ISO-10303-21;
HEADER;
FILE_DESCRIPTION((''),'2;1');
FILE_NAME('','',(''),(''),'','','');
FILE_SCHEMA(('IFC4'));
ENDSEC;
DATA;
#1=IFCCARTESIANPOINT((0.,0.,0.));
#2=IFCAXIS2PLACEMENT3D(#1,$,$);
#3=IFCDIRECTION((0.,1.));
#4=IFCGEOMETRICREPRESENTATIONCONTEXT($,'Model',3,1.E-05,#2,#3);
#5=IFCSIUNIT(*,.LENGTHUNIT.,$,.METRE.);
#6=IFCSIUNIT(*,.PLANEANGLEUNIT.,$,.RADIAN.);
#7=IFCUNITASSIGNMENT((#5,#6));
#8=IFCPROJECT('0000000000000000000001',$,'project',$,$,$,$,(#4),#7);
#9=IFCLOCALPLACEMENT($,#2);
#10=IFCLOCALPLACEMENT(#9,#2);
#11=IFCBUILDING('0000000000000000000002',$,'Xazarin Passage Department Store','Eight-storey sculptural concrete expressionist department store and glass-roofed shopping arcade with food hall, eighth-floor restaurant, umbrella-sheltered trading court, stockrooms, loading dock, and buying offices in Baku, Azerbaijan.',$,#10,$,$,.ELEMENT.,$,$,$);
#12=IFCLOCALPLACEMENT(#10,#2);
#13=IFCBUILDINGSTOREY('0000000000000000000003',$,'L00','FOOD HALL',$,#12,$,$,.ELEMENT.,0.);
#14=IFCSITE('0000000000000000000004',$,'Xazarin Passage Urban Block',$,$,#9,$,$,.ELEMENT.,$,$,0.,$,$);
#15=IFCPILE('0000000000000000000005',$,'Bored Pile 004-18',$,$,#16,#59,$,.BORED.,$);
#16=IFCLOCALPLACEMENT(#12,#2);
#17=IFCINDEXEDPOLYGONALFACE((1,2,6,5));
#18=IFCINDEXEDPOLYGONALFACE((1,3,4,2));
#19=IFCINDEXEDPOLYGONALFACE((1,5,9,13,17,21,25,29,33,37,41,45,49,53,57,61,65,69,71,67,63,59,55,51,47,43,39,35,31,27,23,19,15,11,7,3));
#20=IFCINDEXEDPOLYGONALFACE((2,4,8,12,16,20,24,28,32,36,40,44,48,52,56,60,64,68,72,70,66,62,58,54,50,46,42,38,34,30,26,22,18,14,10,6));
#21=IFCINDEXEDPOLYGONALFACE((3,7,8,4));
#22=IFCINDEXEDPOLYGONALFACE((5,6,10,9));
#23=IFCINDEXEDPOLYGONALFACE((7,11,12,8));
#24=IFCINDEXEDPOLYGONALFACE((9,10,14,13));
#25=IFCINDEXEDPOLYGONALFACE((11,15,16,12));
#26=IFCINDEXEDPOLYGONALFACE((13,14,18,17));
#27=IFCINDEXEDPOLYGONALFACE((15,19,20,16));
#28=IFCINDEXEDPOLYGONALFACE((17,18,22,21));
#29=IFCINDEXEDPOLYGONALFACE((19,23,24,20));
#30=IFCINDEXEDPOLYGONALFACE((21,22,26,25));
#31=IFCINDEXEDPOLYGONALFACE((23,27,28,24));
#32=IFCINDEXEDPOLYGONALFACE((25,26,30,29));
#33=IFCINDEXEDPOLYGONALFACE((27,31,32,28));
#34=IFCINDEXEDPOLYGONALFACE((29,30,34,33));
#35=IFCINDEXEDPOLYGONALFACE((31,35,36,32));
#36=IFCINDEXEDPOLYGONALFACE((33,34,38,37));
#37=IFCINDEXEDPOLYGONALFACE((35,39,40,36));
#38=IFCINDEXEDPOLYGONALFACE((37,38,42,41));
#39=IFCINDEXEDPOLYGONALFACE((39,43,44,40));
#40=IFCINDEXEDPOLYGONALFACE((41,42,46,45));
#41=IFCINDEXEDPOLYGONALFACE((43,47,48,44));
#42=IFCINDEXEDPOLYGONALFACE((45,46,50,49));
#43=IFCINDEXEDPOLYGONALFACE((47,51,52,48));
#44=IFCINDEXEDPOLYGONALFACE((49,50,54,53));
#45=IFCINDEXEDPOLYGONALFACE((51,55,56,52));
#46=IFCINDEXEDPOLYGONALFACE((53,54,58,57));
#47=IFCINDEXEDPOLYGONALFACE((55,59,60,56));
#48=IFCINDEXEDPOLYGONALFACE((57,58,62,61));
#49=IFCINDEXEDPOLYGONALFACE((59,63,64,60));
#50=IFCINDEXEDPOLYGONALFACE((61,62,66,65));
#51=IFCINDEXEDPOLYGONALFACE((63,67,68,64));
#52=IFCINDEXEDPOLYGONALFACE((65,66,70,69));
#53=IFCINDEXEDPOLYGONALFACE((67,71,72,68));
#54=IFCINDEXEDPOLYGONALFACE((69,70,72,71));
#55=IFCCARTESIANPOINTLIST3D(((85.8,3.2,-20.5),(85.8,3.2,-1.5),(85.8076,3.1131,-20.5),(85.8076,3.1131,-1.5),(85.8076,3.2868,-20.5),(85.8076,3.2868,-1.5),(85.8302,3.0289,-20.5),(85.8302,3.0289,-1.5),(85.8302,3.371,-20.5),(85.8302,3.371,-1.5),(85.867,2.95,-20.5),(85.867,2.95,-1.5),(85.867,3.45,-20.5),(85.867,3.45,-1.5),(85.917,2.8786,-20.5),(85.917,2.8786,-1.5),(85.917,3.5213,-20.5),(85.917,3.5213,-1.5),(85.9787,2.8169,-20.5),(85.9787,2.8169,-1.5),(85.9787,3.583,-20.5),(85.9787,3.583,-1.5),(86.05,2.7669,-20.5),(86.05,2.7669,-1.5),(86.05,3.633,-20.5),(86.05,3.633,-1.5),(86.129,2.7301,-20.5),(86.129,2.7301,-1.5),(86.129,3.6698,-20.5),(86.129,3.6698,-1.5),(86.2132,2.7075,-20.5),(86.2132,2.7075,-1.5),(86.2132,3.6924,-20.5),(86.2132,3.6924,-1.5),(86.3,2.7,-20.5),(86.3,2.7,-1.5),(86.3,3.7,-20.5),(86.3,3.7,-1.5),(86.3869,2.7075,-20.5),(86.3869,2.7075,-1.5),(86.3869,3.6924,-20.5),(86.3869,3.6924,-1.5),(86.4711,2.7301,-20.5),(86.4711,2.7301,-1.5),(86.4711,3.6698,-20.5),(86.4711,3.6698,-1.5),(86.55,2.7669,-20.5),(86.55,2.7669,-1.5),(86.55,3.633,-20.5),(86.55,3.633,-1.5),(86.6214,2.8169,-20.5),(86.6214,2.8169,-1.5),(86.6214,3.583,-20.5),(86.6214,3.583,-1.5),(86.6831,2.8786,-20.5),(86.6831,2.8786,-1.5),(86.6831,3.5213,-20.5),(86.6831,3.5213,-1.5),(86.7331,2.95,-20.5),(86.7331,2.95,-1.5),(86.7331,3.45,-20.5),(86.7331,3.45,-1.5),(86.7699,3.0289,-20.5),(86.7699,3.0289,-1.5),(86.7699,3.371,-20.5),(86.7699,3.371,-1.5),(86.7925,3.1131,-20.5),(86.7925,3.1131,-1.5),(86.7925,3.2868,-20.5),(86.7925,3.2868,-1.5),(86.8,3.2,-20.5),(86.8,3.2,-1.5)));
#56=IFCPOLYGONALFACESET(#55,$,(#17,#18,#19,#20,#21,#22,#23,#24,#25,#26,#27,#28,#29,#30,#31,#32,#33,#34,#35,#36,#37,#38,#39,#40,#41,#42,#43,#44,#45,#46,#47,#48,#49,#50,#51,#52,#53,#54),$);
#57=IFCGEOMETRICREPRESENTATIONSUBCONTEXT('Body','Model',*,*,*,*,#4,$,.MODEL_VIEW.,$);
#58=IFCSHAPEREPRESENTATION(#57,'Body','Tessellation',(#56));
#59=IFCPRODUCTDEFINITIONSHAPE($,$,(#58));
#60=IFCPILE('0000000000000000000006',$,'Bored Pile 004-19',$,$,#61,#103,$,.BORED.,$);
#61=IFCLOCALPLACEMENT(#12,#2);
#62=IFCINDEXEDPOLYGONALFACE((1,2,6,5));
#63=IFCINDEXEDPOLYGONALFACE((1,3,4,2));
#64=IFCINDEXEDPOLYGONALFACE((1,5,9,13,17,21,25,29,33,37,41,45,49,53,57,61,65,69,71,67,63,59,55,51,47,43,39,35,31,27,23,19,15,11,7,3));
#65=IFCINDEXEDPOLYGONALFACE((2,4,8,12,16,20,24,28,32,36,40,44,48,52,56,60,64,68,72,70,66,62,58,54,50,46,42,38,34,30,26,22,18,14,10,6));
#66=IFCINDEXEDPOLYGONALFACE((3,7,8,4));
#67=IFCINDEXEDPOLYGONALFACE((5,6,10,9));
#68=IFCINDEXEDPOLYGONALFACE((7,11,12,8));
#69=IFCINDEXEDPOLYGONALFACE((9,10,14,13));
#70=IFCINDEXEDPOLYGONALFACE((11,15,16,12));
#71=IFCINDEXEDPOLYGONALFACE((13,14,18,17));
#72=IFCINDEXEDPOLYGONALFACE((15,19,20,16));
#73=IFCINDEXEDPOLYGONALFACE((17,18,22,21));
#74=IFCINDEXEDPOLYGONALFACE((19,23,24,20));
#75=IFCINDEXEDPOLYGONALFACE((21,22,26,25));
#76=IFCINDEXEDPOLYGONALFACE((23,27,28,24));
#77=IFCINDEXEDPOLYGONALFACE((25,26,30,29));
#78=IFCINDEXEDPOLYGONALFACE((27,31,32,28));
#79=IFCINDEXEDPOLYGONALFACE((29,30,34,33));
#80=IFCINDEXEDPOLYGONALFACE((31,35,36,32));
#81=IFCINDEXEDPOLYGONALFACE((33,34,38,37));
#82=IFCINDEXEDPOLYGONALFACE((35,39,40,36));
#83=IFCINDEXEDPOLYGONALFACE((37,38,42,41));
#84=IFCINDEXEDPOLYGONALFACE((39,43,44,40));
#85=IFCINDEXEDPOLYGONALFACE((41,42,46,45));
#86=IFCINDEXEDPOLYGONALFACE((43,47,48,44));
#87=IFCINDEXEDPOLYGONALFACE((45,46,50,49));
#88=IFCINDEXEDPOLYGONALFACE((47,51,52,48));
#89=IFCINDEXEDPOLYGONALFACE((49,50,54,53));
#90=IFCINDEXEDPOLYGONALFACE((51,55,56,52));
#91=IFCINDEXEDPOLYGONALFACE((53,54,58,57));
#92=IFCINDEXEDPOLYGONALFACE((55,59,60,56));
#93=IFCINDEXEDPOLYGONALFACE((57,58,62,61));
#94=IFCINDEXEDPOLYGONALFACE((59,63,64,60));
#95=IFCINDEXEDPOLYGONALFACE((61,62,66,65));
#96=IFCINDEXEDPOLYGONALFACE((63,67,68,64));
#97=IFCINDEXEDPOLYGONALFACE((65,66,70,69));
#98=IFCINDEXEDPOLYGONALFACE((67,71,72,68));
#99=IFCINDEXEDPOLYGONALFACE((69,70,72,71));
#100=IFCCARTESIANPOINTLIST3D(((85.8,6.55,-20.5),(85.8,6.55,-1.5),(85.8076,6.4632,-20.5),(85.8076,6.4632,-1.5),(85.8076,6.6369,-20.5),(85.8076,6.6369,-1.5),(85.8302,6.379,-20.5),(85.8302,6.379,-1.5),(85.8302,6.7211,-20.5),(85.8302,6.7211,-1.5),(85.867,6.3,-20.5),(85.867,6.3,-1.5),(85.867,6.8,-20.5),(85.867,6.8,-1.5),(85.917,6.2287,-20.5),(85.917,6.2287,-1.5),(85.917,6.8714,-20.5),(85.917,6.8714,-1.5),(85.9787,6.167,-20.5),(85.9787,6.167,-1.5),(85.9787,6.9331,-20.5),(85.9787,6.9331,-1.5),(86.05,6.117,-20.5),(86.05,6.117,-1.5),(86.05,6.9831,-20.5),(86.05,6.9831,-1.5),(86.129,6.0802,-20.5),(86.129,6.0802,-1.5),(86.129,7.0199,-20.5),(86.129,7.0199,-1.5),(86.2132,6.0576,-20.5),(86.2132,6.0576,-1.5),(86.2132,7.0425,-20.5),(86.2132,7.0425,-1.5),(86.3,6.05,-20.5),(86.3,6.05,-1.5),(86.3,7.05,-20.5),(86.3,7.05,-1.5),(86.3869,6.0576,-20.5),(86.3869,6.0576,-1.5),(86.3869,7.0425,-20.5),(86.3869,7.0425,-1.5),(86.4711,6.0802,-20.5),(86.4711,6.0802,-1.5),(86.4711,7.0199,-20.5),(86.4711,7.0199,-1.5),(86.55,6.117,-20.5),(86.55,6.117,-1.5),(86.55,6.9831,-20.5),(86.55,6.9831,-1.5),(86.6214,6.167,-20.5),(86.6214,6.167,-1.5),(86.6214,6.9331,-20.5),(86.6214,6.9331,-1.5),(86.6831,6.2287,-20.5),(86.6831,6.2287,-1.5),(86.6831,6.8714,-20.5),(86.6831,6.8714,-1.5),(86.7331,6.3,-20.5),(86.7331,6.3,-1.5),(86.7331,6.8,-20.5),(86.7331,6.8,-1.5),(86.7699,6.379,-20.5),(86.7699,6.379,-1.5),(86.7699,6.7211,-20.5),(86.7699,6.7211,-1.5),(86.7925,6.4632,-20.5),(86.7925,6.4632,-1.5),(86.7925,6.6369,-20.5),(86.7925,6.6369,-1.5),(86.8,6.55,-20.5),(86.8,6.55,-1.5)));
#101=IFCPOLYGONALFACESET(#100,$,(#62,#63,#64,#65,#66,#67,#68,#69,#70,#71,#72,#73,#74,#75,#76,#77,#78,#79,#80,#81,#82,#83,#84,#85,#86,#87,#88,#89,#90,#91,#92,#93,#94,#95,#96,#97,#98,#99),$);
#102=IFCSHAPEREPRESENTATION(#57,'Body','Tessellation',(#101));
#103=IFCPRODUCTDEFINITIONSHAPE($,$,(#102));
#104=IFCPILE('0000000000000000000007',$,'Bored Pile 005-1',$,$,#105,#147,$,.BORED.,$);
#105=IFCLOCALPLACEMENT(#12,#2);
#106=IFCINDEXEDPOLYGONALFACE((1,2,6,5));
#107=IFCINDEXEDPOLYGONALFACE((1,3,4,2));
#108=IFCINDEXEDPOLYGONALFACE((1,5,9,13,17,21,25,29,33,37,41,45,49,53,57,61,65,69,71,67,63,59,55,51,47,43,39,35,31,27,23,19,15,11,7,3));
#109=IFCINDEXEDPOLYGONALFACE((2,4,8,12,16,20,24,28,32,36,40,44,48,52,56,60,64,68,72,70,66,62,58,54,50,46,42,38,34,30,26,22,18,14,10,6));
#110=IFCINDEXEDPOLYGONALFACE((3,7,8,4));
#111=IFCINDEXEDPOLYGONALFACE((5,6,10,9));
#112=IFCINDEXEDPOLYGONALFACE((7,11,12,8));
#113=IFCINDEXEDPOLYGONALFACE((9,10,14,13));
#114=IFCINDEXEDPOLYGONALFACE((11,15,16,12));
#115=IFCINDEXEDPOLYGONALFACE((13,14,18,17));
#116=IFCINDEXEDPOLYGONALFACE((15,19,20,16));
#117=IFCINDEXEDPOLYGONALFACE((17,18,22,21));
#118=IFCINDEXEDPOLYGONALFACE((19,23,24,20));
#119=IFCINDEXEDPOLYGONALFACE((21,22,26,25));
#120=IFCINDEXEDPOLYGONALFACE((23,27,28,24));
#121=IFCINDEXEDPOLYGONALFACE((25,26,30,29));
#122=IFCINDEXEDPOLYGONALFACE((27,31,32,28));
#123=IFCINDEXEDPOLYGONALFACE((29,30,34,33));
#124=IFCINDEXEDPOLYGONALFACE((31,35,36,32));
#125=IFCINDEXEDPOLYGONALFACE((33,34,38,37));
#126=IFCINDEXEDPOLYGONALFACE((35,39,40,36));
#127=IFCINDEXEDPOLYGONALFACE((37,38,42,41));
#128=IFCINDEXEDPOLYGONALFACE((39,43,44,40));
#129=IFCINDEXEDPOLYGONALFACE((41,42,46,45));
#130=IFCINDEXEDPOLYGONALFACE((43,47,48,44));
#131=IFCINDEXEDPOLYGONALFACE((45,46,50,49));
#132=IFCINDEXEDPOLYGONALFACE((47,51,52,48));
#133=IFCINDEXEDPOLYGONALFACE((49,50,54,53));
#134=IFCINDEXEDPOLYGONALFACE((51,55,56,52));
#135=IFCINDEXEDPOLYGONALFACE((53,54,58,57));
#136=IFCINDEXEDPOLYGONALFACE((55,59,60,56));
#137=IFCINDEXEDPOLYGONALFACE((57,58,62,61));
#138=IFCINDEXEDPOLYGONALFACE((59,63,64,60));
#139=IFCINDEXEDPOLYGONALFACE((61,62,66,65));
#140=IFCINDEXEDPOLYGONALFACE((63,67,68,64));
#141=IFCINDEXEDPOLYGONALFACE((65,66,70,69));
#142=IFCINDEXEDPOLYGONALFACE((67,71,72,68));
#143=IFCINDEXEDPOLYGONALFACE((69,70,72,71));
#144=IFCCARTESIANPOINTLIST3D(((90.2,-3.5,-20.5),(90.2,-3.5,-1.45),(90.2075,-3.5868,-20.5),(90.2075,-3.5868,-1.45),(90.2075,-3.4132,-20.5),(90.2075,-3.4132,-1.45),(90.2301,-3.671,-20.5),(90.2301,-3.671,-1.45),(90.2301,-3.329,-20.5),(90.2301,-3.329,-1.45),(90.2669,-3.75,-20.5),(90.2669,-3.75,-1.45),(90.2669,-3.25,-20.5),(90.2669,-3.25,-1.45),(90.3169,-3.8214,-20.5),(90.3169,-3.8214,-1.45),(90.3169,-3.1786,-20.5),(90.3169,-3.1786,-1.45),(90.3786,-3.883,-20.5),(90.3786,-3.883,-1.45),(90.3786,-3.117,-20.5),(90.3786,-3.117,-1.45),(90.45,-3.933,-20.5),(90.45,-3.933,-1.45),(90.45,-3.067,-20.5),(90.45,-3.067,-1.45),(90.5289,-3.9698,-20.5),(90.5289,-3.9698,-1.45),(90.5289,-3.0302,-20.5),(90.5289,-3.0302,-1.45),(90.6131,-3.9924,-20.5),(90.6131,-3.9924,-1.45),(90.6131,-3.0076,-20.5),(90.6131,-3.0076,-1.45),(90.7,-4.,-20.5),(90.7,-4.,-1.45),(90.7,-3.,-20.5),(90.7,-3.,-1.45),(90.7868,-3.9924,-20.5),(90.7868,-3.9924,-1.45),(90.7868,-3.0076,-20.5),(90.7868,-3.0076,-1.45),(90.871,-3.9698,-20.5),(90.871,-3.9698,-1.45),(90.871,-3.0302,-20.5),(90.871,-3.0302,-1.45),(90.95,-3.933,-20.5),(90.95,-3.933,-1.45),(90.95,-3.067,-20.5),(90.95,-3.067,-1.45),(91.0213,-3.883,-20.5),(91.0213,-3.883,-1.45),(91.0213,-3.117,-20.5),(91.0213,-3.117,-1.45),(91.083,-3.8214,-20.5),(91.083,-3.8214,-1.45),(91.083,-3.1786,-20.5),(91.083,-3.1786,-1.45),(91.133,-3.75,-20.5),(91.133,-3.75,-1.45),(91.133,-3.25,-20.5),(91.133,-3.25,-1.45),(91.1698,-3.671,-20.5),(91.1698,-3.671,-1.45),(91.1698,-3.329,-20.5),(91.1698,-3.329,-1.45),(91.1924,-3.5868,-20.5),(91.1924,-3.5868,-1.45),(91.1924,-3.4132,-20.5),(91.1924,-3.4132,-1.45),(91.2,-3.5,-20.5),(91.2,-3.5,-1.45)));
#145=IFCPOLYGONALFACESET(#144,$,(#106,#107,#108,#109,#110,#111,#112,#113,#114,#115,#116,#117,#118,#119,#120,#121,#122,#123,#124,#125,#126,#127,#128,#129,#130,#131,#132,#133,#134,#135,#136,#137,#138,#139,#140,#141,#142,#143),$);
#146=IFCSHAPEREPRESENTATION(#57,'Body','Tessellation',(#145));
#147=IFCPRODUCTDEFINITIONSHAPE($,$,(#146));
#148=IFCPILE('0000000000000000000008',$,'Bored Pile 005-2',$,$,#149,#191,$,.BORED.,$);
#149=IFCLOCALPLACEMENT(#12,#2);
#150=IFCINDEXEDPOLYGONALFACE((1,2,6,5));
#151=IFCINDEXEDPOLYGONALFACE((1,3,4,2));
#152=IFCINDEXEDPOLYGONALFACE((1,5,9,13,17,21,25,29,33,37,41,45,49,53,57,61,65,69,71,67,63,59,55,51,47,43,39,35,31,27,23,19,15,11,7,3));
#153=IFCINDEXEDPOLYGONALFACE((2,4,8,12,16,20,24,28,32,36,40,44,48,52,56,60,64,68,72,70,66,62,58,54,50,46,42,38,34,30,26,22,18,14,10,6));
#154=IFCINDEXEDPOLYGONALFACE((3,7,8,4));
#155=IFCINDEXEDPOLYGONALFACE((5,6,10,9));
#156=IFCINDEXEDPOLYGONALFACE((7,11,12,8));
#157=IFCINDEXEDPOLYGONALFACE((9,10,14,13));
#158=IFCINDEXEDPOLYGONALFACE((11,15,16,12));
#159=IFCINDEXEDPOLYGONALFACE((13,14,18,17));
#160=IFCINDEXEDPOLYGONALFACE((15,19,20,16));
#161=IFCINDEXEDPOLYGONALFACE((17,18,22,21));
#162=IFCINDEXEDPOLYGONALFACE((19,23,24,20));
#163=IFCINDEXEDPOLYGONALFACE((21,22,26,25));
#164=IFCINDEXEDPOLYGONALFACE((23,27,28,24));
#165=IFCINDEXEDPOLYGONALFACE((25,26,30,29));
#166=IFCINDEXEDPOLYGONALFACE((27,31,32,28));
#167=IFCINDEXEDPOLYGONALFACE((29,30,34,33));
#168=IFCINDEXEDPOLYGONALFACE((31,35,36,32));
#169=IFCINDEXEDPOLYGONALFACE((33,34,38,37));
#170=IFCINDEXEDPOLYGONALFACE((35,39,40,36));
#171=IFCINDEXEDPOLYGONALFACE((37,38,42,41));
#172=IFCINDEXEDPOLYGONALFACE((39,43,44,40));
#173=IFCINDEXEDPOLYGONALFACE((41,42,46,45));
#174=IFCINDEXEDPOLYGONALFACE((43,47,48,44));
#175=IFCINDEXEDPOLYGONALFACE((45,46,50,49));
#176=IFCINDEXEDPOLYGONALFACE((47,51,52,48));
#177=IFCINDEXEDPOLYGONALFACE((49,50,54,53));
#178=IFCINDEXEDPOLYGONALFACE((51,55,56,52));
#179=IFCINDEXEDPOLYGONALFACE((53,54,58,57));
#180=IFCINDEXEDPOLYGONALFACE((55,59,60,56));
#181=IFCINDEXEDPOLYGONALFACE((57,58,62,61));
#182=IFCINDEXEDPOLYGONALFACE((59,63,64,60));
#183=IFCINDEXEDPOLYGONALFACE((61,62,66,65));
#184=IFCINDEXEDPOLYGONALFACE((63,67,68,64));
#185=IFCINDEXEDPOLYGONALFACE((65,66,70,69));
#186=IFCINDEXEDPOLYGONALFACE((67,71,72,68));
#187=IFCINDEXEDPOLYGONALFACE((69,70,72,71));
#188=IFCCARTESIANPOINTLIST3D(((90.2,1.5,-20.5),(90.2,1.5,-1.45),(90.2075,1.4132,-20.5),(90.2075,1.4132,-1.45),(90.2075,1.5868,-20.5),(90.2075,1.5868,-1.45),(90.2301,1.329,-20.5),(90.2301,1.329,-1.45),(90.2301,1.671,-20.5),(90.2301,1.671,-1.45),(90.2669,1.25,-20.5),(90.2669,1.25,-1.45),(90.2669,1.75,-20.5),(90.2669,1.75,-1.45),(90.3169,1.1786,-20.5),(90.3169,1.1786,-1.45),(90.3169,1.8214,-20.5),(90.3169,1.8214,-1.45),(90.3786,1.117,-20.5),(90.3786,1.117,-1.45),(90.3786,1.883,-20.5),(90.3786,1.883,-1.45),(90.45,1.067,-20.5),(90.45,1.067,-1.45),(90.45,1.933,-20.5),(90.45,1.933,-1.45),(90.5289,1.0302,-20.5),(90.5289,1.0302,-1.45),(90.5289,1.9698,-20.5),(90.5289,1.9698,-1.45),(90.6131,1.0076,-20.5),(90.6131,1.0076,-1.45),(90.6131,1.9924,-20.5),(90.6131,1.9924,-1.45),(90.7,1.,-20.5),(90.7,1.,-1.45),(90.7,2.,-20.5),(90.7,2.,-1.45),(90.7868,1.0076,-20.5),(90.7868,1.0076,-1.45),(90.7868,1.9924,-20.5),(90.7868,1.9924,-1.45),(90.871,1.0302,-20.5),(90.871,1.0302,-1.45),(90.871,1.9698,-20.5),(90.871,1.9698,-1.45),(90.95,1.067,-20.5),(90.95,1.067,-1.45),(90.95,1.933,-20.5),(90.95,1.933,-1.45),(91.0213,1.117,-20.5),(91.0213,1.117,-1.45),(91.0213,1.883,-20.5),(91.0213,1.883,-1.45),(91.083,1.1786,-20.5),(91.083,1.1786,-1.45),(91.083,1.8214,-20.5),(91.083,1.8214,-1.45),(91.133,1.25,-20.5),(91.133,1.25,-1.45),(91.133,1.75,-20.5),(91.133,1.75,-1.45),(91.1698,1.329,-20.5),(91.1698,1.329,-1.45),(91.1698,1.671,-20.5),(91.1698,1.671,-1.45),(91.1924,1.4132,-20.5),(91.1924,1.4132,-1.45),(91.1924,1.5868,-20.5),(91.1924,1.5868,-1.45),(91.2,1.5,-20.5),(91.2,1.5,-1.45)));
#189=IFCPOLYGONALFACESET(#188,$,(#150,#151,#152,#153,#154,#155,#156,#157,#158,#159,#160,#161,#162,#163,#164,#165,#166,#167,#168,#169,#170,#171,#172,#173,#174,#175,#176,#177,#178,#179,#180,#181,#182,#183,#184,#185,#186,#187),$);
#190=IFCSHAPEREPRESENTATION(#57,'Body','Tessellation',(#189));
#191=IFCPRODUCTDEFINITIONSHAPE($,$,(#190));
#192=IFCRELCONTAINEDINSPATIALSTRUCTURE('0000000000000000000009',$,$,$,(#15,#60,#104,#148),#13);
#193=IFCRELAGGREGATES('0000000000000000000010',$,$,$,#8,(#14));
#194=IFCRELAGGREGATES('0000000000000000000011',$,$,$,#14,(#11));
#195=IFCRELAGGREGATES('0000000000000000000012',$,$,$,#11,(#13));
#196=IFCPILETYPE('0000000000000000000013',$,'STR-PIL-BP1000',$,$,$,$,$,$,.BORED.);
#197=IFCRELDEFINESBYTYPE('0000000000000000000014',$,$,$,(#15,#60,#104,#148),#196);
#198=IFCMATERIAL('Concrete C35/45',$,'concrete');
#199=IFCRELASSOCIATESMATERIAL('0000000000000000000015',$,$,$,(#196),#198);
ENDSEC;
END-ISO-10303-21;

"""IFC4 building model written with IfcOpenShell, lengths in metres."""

from ifc_helpers import new_model, si_unit, direction, frame, origin, origin_2d, place, context, subcontext, project, spatial, circle, extrude, material, material_profile, profile_set, type_object, element, save


model = new_model("IFC4")

# Units and contexts
model_context = context("Model", 3, precision=1e-05, world=origin(), true_north=direction((0.0, 1.0)))
body_context = subcontext(model_context, "Body", "Model", "MODEL_VIEW")
ifc_project = project(units=[si_unit("LENGTHUNIT", "METRE"), si_unit("PLANEANGLEUNIT", "RADIAN")], contexts=[model_context])

# Site, building, storey
site_placement = place(None, origin())
site = spatial("IfcSite", under=ifc_project, at=site_placement, Name="Xazarin Passage Urban Block", CompositionType="ELEMENT", RefElevation=0.0)
building_placement = place(site_placement, origin())
building = spatial("IfcBuilding", under=site, at=building_placement, Name="Xazarin Passage Department Store", Description="Eight-storey sculptural concrete expressionist department store and glass-roofed shopping arcade with food hall, eighth-floor restaurant, umbrella-sheltered trading court, stockrooms, loading dock, and buying offices in Baku, Azerbaijan.", CompositionType="ELEMENT")
storey_placement = place(building_placement, origin())
storey = spatial("IfcBuildingStorey", under=building, at=storey_placement, Name="L00", Description="FOOD HALL", CompositionType="ELEMENT", Elevation=0.0)

# Shared definitions
ifc_material_1 = material(Name="Concrete C35/45", Category="concrete")

# Piles
ifc_material_profile_1 = material_profile(ifc_material_1, circle(Radius=0.5, at=origin_2d()), Name="BP 1000")
ifc_profile_set_1 = profile_set([ifc_material_profile_1], Name="Concrete C35/45")
pile_type_1 = type_object("IfcPileType", Name="STR-PIL-BP1000", PredefinedType="BORED", material=ifc_profile_set_1)
for number, where, z_axis, x_axis, name in (
    (1, (86.3, 3.2, -1.5), (0.0, 0.0, -1.0), (1.0, 0.0, 0.0), "Bored Pile 004-18"),
    (2, (86.3, 6.55, -1.5), (0.0, 0.0, -1.0), (1.0, 0.0, 0.0), "Bored Pile 004-19"),
):
    element("IfcPile", number, at=place(storey_placement, frame(where, z_axis=z_axis, x_axis=x_axis)), inside=storey, type_object=pile_type_1, Name=name, PredefinedType="BORED", context=body_context, shape_type="SweptSolid", body=[
        extrude(circle(Radius=0.5, at=origin_2d()), origin(), (0.0, 0.0, 1.0), 19.0),
    ])
for number, where, z_axis, x_axis, name in (
    (3, (90.7, -3.5, -1.45), (0.0, 0.0, -1.0), (1.0, 0.0, 0.0), "Bored Pile 005-1"),
    (4, (90.7, 1.5, -1.45), (0.0, 0.0, -1.0), (1.0, 0.0, 0.0), "Bored Pile 005-2"),
):
    element("IfcPile", number, at=place(storey_placement, frame(where, z_axis=z_axis, x_axis=x_axis)), inside=storey, type_object=pile_type_1, Name=name, PredefinedType="BORED", context=body_context, shape_type="SweptSolid", body=[
        extrude(circle(Radius=0.5, at=origin_2d()), origin(), (0.0, 0.0, 1.0), 19.05),
    ])

save(model, "model.ifc")
